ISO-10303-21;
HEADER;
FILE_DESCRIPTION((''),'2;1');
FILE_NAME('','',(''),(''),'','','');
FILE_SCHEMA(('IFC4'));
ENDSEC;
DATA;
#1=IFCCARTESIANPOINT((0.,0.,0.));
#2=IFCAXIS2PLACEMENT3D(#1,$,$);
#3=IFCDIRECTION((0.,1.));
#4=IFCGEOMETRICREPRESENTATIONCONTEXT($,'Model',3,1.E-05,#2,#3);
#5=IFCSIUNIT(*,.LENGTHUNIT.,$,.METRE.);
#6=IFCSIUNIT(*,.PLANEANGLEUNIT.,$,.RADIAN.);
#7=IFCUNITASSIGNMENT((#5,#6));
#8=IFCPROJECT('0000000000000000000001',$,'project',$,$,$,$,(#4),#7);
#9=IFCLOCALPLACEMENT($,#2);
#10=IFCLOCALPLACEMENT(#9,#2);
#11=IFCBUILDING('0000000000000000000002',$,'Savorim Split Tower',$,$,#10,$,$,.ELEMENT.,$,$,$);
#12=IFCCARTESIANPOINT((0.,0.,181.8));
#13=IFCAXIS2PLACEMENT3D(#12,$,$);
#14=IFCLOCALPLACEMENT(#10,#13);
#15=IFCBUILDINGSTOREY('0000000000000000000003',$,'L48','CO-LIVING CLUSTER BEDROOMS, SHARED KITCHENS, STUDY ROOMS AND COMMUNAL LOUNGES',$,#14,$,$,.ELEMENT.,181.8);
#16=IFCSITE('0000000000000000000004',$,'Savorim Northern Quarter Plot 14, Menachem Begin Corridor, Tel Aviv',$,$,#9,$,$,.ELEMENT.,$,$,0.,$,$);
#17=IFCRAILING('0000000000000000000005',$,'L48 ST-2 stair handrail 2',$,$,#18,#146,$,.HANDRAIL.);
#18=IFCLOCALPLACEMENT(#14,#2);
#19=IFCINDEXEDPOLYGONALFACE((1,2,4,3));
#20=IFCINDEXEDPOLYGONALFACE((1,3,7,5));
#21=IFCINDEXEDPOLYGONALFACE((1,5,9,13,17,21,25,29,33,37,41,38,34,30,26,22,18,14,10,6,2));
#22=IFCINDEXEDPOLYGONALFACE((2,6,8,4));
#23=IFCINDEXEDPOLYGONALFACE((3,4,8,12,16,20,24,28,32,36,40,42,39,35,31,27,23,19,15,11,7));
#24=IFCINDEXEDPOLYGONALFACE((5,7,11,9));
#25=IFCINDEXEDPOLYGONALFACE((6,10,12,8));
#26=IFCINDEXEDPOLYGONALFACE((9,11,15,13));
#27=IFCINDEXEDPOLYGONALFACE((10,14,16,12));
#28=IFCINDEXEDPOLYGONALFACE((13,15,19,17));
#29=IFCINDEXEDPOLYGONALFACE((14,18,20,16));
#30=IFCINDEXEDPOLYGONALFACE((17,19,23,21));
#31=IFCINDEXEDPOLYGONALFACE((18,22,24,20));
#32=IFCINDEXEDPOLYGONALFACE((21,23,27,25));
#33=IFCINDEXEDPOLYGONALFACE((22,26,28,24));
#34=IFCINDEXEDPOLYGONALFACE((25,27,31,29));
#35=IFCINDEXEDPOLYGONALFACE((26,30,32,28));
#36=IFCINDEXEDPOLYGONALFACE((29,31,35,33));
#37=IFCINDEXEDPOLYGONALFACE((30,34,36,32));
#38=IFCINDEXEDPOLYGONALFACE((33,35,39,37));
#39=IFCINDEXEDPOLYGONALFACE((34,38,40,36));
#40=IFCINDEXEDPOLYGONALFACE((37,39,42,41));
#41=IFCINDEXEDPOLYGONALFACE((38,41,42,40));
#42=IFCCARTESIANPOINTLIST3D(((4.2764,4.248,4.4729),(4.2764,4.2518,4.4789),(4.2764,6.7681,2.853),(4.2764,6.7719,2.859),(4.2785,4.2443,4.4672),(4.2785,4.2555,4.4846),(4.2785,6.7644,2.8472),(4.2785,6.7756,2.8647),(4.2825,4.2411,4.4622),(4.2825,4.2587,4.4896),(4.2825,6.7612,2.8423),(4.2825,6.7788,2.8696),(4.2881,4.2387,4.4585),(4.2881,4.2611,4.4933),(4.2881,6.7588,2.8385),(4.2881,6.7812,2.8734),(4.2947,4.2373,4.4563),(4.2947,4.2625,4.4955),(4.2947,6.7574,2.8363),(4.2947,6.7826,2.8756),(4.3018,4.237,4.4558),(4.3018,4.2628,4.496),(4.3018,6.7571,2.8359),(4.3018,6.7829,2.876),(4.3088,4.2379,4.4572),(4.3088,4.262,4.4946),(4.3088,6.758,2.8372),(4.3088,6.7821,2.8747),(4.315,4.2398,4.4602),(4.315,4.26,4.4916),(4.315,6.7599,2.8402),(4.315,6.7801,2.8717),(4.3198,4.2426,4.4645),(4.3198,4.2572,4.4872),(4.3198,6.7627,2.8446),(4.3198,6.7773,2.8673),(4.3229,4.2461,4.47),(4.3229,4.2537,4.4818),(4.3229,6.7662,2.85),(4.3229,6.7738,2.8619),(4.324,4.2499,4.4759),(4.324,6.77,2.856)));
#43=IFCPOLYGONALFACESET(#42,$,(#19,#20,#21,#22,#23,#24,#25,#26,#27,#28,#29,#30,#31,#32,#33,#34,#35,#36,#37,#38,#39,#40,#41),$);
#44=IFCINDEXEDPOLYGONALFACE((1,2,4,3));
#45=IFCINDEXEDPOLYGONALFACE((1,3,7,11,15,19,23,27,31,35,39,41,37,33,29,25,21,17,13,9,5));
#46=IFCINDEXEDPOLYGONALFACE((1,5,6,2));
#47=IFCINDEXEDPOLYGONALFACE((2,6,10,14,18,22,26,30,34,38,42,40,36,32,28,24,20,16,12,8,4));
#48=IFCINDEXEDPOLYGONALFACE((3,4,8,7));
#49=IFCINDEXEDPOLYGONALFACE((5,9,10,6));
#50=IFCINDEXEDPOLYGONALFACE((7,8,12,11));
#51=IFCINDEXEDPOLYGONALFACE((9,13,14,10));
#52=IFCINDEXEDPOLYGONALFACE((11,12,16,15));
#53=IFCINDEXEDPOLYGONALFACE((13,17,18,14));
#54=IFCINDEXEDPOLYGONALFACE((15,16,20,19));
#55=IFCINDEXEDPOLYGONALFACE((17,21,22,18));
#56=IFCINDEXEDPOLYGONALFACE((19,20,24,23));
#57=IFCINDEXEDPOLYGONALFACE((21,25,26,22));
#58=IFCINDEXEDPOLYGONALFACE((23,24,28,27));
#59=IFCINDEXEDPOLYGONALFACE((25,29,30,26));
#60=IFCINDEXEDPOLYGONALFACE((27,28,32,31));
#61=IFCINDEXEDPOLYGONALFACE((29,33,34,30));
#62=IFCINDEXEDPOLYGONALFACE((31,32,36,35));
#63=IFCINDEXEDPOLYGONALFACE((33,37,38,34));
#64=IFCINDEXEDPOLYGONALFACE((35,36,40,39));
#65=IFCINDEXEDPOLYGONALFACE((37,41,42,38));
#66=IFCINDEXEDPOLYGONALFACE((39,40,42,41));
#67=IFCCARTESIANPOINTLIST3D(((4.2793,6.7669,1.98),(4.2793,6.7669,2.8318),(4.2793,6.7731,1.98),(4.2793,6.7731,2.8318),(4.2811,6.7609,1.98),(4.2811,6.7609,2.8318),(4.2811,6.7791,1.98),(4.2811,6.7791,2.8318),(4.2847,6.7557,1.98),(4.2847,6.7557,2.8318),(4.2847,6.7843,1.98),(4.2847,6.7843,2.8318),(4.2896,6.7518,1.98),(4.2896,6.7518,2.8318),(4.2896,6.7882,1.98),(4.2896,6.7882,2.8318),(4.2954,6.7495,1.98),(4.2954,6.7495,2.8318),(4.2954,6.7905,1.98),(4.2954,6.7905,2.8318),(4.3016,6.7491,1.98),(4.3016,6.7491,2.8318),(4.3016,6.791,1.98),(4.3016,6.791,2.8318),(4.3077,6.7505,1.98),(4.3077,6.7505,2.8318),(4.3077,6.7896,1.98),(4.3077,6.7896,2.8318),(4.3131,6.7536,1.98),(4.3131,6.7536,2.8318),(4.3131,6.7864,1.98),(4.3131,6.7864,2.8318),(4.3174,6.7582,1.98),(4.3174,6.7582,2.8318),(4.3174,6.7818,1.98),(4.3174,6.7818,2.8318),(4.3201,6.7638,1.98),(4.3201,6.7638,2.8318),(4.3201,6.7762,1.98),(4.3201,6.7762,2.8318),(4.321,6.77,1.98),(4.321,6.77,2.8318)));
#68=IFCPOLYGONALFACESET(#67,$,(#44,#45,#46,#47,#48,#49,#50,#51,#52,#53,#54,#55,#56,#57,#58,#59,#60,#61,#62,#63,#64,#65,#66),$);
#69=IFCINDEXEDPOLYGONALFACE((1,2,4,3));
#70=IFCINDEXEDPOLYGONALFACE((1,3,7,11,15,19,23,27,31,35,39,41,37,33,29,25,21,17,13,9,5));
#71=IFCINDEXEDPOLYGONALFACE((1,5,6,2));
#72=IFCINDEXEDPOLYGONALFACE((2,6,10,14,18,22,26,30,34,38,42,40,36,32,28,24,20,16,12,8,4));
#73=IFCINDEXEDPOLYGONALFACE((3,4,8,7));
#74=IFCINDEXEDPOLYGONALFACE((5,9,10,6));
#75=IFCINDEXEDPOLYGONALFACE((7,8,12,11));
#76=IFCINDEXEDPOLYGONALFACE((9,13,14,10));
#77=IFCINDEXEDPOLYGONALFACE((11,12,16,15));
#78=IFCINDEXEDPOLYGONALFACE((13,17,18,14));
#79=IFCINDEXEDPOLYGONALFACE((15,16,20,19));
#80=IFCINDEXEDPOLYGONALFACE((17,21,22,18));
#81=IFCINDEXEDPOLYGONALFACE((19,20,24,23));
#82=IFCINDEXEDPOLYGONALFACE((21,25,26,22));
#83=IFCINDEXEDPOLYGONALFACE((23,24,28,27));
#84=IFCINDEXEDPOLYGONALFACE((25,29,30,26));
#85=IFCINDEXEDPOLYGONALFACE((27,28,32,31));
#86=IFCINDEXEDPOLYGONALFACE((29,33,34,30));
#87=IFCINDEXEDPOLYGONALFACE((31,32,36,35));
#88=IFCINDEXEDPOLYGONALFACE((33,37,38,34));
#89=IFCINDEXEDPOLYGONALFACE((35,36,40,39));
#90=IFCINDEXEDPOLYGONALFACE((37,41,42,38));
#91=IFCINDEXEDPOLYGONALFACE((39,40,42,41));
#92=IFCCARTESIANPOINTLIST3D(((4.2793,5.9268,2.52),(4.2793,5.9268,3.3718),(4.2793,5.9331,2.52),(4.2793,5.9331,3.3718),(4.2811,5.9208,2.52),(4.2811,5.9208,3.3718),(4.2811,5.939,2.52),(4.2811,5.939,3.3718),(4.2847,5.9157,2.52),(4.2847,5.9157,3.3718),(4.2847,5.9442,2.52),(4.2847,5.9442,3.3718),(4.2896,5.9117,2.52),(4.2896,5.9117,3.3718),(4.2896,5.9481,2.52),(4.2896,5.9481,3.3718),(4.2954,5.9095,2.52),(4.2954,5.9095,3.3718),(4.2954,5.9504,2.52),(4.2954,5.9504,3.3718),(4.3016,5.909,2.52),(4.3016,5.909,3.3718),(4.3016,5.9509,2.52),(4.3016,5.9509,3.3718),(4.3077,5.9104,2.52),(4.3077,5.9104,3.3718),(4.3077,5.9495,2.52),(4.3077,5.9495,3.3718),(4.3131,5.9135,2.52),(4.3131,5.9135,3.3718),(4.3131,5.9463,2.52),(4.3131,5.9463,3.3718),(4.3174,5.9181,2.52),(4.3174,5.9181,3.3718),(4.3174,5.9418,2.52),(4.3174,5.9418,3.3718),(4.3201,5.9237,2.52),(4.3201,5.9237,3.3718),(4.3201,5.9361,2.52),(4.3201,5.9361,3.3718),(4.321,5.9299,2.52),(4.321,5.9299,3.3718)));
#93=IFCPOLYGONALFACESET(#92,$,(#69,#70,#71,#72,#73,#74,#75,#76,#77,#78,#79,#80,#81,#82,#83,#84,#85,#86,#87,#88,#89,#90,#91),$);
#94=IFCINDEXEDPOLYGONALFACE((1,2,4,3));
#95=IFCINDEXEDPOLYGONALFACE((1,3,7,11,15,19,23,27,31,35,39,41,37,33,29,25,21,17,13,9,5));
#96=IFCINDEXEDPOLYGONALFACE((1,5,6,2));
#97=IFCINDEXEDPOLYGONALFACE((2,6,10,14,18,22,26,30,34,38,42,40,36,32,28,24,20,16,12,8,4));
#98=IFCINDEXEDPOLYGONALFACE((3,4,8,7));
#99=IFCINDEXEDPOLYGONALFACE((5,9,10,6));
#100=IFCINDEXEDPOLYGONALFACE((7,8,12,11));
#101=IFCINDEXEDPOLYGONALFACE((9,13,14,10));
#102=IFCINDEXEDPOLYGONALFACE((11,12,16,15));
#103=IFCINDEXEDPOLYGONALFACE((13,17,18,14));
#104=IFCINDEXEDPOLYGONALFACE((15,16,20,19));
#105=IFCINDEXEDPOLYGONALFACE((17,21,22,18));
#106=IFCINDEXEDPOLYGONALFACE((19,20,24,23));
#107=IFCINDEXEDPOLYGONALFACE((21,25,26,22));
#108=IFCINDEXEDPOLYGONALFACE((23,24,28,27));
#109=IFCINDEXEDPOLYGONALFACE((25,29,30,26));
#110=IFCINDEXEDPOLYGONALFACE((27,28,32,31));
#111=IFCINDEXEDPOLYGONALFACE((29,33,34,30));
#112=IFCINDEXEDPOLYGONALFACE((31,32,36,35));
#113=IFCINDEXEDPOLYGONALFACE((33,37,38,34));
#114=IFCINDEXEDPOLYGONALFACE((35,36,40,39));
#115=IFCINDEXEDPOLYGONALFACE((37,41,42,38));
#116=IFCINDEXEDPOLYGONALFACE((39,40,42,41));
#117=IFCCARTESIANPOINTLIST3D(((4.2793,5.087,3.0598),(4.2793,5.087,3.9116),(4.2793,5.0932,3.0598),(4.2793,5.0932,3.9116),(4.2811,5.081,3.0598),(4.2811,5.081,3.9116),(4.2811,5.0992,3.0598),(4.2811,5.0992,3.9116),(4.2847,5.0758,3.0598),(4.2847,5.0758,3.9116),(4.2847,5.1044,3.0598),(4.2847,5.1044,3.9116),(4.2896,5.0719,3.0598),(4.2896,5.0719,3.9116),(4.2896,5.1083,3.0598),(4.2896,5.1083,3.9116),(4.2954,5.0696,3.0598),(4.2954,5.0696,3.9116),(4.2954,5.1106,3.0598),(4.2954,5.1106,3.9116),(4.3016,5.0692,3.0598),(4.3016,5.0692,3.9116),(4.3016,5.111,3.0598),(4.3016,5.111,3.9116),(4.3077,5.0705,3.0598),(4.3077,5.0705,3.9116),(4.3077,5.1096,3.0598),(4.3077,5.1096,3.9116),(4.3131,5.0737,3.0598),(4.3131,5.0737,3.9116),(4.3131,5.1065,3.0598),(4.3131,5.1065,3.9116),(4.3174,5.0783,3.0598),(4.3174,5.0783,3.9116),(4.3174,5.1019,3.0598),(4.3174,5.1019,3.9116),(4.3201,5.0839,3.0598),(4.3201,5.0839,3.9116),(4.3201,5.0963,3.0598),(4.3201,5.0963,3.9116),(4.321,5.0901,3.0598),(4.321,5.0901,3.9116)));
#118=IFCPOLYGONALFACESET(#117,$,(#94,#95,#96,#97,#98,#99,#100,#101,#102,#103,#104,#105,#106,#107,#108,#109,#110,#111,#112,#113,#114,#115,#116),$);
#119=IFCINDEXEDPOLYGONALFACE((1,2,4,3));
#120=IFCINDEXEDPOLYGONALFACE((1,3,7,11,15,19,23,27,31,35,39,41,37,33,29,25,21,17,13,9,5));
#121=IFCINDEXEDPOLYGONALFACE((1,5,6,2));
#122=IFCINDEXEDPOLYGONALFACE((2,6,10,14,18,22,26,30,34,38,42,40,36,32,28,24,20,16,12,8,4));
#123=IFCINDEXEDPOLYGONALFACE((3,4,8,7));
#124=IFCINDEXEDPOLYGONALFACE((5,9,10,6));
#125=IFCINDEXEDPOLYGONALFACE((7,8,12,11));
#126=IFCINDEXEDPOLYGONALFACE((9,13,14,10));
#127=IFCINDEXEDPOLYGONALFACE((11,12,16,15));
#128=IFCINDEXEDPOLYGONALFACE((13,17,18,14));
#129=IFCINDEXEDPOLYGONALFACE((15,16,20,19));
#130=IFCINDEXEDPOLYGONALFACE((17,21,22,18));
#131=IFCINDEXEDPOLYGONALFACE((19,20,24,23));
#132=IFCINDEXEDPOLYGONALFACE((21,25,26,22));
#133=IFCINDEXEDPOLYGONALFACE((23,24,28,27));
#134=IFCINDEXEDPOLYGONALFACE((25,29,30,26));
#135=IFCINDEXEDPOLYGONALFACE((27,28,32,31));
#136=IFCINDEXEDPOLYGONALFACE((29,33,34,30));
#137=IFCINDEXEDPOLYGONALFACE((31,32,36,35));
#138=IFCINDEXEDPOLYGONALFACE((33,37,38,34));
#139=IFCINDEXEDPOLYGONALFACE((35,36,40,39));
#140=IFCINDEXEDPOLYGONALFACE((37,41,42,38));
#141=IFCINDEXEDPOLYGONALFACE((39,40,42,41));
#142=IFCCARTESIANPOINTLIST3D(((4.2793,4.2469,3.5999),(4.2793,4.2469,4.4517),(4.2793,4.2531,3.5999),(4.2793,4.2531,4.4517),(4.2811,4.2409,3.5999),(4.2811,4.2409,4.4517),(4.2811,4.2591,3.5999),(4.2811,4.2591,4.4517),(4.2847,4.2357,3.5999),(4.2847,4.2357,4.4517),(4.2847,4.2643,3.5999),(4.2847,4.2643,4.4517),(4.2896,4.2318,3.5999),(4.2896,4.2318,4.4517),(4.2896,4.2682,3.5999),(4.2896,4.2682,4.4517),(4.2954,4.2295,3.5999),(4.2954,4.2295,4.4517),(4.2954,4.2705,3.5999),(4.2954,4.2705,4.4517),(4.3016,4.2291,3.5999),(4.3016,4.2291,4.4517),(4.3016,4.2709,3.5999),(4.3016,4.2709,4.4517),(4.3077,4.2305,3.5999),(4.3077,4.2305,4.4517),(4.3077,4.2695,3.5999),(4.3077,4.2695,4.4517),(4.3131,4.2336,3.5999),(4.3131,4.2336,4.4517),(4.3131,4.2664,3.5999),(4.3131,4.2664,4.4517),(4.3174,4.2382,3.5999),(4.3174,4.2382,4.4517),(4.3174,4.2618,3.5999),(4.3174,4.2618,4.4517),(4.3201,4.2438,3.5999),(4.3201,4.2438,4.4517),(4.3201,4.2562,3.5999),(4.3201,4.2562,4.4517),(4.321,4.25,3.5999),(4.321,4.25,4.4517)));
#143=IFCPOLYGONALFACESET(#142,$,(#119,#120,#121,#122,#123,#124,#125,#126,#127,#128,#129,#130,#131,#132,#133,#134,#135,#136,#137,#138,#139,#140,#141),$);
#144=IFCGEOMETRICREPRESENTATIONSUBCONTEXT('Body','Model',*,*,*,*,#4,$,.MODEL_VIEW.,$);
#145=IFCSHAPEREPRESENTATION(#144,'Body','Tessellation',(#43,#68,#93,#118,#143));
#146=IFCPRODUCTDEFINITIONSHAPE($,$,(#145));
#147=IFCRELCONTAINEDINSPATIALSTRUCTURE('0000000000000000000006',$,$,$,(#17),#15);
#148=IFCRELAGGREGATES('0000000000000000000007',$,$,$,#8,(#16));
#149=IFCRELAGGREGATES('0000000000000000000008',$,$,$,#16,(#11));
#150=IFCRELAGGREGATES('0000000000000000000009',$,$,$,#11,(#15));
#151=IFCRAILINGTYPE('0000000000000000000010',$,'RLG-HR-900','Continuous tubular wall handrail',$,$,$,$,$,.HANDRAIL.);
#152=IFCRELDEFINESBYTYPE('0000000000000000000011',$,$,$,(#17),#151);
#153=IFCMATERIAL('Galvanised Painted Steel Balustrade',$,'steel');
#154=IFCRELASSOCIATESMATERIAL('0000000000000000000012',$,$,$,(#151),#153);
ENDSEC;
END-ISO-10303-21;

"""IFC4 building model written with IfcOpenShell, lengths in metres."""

from ifc_helpers import new_model, si_unit, direction, frame, origin, origin_2d, place, context, subcontext, project, spatial, circle, extrude, material, type_object, element, save


model = new_model("IFC4")

# Units and contexts
model_context = context("Model", 3, precision=1e-05, world=origin(), true_north=direction((0.0, 1.0)))
body_context = subcontext(model_context, "Body", "Model", "MODEL_VIEW")
ifc_project = project(units=[si_unit("LENGTHUNIT", "METRE"), si_unit("PLANEANGLEUNIT", "RADIAN")], contexts=[model_context])

# Site, building, storey
site_placement = place(None, origin())
site = spatial("IfcSite", under=ifc_project, at=site_placement, Name="Savorim Northern Quarter Plot 14, Menachem Begin Corridor, Tel Aviv", CompositionType="ELEMENT", RefElevation=0.0)
building_placement = place(site_placement, origin())
building = spatial("IfcBuilding", under=site, at=building_placement, Name="Savorim Split Tower", CompositionType="ELEMENT")
storey_placement = place(building_placement, frame((0.0, 0.0, 181.8)))
storey = spatial("IfcBuildingStorey", under=building, at=storey_placement, Name="L48", Description="CO-LIVING CLUSTER BEDROOMS, SHARED KITCHENS, STUDY ROOMS AND COMMUNAL LOUNGES", CompositionType="ELEMENT", Elevation=181.8)

# Railing
ifc_material_1 = material(Name="Galvanised Painted Steel Balustrade", Category="steel")
railing_type_1 = type_object("IfcRailingType", Name="RLG-HR-900", Description="Continuous tubular wall handrail", PredefinedType="HANDRAIL", material=ifc_material_1)
railing_1_placement = place(storey_placement, frame((4.3, 6.77, 1.98)))
element("IfcRailing", 1, at=railing_1_placement, inside=storey, type_object=railing_type_1, Name="L48 ST-2 stair handrail 2", PredefinedType="HANDRAIL", context=body_context, shape_type="SweptSolid", body=[
    extrude(circle(Radius=0.0239, at=origin_2d()), frame((0.0, 0.0, 0.876), z_axis=(0.0, -0.8412, 0.540725), x_axis=(1.0, 0.0, 0.0)), (0.0, 0.0, 1.0), 2.9958),
    extrude(circle(Radius=0.021, at=origin_2d()), origin(), (0.0, 0.0, 1.0), 0.8518),
    extrude(circle(Radius=0.021, at=origin_2d()), frame((0.0, -0.8401, 0.54)), (0.0, 0.0, 1.0), 0.8518),
    extrude(circle(Radius=0.021, at=origin_2d()), frame((0.0, -1.6799, 1.0798)), (0.0, 0.0, 1.0), 0.8518),
    extrude(circle(Radius=0.021, at=origin_2d()), frame((0.0, -2.52, 1.6199)), (0.0, 0.0, 1.0), 0.8518),
])

save(model, "model.ifc")
